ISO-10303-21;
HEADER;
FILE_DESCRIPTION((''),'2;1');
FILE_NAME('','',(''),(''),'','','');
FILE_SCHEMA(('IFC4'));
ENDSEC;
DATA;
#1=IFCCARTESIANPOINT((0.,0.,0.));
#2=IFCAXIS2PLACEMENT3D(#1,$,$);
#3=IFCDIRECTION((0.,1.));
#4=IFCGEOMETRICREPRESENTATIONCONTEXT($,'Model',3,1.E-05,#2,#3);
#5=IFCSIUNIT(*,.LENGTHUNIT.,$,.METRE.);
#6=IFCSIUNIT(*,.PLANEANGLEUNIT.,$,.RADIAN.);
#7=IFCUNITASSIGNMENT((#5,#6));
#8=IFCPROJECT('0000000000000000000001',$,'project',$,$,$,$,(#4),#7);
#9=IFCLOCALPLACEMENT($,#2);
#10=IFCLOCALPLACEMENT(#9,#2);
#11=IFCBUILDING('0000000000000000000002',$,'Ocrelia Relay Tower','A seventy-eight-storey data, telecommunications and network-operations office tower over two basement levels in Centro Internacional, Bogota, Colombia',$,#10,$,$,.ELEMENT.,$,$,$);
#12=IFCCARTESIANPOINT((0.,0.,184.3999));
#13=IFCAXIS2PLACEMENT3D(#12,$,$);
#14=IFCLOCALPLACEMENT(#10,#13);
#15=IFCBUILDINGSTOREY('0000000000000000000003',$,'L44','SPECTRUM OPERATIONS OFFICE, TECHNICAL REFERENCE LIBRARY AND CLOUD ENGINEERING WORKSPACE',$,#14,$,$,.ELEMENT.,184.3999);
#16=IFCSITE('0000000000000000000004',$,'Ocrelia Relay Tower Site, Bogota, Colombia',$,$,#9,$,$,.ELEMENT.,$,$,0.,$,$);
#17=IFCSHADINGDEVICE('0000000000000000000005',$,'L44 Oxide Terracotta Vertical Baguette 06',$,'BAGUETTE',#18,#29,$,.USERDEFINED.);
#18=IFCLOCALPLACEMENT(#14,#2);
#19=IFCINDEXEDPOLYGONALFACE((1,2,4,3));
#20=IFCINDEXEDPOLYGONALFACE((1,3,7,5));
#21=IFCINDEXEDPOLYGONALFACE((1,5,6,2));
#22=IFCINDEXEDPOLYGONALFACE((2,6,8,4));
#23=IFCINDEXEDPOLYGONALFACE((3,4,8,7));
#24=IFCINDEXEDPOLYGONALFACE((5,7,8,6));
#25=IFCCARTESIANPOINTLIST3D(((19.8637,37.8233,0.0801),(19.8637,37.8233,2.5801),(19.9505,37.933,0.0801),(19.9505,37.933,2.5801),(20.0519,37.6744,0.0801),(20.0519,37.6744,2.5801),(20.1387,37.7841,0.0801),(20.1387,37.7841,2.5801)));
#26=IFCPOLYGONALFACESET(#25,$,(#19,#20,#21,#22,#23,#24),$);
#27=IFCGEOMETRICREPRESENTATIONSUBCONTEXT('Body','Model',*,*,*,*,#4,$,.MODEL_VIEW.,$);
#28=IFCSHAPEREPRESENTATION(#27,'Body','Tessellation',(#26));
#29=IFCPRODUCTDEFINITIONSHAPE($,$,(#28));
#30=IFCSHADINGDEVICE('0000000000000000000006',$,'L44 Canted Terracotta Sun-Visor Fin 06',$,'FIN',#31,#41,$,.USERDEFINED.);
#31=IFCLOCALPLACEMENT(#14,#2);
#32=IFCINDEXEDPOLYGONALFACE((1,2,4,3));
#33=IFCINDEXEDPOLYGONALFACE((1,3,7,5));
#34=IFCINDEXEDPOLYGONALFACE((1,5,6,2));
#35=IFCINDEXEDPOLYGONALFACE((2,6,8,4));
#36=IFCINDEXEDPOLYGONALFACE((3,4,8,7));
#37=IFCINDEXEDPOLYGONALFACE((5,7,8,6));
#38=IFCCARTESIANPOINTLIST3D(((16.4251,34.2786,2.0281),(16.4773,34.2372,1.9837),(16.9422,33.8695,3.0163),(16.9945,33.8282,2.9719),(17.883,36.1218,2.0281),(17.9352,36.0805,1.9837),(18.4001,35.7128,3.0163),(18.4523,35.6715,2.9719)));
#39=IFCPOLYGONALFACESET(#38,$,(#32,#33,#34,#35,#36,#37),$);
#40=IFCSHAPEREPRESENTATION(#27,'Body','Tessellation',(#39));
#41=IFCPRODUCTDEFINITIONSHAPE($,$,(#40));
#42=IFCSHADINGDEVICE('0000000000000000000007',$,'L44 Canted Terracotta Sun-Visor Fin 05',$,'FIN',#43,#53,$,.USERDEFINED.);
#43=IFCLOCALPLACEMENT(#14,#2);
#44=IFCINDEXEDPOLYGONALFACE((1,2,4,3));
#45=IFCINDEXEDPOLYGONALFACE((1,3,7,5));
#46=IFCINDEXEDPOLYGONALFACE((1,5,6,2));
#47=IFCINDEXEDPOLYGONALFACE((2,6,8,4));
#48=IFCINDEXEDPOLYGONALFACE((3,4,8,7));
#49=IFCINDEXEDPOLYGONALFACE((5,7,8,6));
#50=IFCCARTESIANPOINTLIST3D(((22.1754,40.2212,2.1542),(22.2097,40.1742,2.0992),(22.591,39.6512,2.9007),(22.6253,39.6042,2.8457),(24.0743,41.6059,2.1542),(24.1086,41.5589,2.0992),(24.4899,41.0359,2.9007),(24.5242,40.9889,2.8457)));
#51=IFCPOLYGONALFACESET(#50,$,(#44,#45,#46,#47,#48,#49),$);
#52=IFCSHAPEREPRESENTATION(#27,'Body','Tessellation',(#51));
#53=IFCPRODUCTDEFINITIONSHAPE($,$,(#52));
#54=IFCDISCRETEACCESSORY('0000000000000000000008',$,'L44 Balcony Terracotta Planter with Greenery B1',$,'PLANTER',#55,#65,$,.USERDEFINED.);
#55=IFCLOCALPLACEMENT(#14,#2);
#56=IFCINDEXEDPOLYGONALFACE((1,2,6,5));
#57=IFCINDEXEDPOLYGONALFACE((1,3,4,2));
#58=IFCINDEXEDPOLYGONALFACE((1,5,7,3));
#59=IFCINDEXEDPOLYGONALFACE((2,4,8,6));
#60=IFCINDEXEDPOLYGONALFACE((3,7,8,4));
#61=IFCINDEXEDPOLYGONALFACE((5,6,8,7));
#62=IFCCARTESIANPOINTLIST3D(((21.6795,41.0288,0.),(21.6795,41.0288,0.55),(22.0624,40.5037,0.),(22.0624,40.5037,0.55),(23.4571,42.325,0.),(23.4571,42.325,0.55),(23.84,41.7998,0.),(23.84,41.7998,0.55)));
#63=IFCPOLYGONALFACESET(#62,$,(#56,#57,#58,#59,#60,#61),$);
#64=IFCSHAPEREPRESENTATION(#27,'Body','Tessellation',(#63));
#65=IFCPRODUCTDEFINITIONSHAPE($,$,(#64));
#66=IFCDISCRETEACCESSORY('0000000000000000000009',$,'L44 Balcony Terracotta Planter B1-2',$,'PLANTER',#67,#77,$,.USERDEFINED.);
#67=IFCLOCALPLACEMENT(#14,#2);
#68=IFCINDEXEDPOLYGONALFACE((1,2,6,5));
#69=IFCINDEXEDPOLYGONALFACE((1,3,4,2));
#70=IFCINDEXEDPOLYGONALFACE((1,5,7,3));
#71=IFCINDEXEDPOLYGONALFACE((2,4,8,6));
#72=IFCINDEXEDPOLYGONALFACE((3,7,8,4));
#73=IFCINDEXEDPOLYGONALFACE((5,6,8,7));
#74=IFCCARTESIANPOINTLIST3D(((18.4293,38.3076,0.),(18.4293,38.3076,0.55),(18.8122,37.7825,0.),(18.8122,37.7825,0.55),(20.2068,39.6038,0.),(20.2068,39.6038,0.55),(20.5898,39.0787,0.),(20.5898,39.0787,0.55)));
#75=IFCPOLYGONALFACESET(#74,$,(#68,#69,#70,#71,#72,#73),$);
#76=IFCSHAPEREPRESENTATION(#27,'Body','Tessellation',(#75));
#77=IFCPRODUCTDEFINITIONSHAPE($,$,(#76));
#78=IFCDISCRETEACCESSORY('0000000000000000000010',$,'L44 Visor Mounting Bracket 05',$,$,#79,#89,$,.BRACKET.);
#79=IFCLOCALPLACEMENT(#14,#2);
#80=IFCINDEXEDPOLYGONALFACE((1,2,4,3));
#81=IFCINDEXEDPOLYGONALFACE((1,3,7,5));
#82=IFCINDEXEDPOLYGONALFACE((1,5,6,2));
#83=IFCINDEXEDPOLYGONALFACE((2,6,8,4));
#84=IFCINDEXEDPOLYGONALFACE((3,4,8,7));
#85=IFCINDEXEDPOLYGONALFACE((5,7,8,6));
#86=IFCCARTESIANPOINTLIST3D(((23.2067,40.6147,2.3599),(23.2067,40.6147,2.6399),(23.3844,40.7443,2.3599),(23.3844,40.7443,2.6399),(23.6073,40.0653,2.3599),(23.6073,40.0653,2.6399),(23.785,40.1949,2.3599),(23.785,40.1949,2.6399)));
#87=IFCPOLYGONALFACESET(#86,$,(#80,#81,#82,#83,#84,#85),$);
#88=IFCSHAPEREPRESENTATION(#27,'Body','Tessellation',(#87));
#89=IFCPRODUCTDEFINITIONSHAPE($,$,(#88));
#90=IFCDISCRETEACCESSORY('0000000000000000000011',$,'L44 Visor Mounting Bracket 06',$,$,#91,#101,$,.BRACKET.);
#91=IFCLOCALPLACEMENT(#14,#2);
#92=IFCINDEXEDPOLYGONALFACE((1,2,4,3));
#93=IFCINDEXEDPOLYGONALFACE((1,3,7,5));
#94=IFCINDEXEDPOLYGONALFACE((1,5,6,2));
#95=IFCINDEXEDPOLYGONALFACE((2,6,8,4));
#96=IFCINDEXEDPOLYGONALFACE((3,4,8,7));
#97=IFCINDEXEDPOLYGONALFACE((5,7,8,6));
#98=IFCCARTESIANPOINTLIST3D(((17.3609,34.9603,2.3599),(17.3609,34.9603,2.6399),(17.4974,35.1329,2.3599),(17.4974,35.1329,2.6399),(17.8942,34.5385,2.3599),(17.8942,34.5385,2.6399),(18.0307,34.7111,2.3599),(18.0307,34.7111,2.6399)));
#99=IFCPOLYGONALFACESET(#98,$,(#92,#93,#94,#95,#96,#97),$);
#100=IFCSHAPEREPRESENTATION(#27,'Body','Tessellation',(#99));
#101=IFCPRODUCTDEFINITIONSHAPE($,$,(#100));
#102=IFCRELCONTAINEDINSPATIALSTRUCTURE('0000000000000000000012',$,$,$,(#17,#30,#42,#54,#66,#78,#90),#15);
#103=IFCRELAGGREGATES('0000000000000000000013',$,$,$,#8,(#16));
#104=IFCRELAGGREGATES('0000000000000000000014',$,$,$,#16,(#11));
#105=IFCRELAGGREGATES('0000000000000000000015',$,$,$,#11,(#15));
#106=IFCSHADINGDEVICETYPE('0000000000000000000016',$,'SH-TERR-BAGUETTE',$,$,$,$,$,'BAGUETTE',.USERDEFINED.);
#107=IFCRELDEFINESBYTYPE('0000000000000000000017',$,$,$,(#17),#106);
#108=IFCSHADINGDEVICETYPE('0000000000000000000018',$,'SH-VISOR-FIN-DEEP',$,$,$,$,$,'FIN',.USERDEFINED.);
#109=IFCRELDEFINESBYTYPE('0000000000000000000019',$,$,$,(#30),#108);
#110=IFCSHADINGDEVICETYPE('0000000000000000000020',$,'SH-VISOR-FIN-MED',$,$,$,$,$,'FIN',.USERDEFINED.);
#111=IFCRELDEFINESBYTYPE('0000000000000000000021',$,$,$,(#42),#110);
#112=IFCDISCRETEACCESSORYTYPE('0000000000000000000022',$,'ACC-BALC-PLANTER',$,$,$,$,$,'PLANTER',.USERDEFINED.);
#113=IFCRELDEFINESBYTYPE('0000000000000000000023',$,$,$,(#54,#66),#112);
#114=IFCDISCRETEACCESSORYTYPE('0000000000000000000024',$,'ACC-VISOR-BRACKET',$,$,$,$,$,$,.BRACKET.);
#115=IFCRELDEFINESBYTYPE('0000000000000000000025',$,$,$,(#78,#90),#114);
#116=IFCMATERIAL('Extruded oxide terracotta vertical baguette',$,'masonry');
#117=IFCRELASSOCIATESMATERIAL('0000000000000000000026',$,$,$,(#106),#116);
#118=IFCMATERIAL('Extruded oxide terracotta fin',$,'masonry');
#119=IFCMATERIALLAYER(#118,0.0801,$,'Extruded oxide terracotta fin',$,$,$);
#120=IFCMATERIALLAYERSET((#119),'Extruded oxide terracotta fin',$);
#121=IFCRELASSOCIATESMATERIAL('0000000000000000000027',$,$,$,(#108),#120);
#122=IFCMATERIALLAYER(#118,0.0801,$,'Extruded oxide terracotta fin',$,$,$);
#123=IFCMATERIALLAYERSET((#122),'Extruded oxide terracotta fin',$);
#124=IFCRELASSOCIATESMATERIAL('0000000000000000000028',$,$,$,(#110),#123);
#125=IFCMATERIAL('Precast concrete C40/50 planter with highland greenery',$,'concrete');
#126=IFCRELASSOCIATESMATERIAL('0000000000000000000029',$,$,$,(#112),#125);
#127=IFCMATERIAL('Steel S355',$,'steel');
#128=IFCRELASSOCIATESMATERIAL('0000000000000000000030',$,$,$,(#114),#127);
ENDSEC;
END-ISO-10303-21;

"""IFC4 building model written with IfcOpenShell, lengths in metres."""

from ifc_helpers import new_model, si_unit, direction, frame, origin, origin_2d, place, context, subcontext, project, spatial, rectangle, extrude, material, layer, layer_set, type_object, element, save


model = new_model("IFC4")

# Units and contexts
model_context = context("Model", 3, precision=1e-05, world=origin(), true_north=direction((0.0, 1.0)))
body_context = subcontext(model_context, "Body", "Model", "MODEL_VIEW")
ifc_project = project(units=[si_unit("LENGTHUNIT", "METRE"), si_unit("PLANEANGLEUNIT", "RADIAN")], contexts=[model_context])

# Site, building, storey
site_placement = place(None, origin())
site = spatial("IfcSite", under=ifc_project, at=site_placement, Name="Ocrelia Relay Tower Site, Bogota, Colombia", CompositionType="ELEMENT", RefElevation=0.0)
building_placement = place(site_placement, origin())
building = spatial("IfcBuilding", under=site, at=building_placement, Name="Ocrelia Relay Tower", Description="A seventy-eight-storey data, telecommunications and network-operations office tower over two basement levels in Centro Internacional, Bogota, Colombia", CompositionType="ELEMENT")
storey_placement = place(building_placement, frame((0.0, 0.0, 184.3999)))
storey = spatial("IfcBuildingStorey", under=building, at=storey_placement, Name="L44", Description="SPECTRUM OPERATIONS OFFICE, TECHNICAL REFERENCE LIBRARY AND CLOUD ENGINEERING WORKSPACE", CompositionType="ELEMENT", Elevation=184.3999)

# Shared definitions
ifc_material_1 = material(Name="Steel S355", Category="steel")

# Shading devices
ifc_material_2 = material(Name="Extruded oxide terracotta vertical baguette", Category="masonry")
shading_device_type_1 = type_object("IfcShadingDeviceType", Name="SH-TERR-BAGUETTE", ElementType="BAGUETTE", PredefinedType="USERDEFINED", material=ifc_material_2)
shading_device_1_placement = place(storey_placement, frame((20.0012, 37.8037, 0.0801), z_axis=(0.0, 0.0, 1.0), x_axis=(-0.620347, -0.784327, 0.0)))
element("IfcShadingDevice", 1, at=shading_device_1_placement, inside=storey, type_object=shading_device_type_1, Name="L44 Oxide Terracotta Vertical Baguette 06", ObjectType="BAGUETTE", PredefinedType="USERDEFINED", context=body_context, shape_type="SweptSolid", body=[
    extrude(rectangle(XDim=0.1399, YDim=0.24, at=origin_2d()), origin(), (0.0, 0.0, 1.0), 2.5),
])
ifc_material_3 = material(Name="Extruded oxide terracotta fin", Category="masonry")
ifc_layer_1 = layer(ifc_material_3, 0.0801, Name="Extruded oxide terracotta fin")
ifc_layer_set_1 = layer_set([ifc_layer_1], Name="Extruded oxide terracotta fin")
shading_device_type_2 = type_object("IfcShadingDeviceType", Name="SH-VISOR-FIN-DEEP", ElementType="FIN", PredefinedType="USERDEFINED", material=ifc_layer_set_1)
shading_device_2_placement = place(storey_placement, frame((17.4648, 34.9543, 2.4778), z_axis=(-0.652448, 0.51604, 0.55499), x_axis=(-0.620347, -0.784327, 0.0)))
element("IfcShadingDevice", 2, at=shading_device_2_placement, inside=storey, type_object=shading_device_type_2, Name="L44 Canted Terracotta Sun-Visor Fin 06", ObjectType="FIN", PredefinedType="USERDEFINED", context=body_context, shape_type="SweptSolid", body=[
    extrude(rectangle(XDim=2.3501, YDim=1.188, at=origin_2d()), origin(), (0.0, 0.0, 1.0), 0.0801),
])
ifc_layer_2 = layer(ifc_material_3, 0.0801, Name="Extruded oxide terracotta fin")
ifc_layer_set_2 = layer_set([ifc_layer_2], Name="Extruded oxide terracotta fin")
shading_device_type_3 = type_object("IfcShadingDeviceType", Name="SH-VISOR-FIN-MED", ElementType="FIN", PredefinedType="USERDEFINED", material=ifc_layer_set_2)
shading_device_3_placement = place(storey_placement, frame((23.3669, 40.5815, 2.4724), z_axis=(-0.428235, 0.58726, 0.686834), x_axis=(-0.807992, -0.589194, 0.0)))
element("IfcShadingDevice", 3, at=shading_device_3_placement, inside=storey, type_object=shading_device_type_3, Name="L44 Canted Terracotta Sun-Visor Fin 05", ObjectType="FIN", PredefinedType="USERDEFINED", context=body_context, shape_type="SweptSolid", body=[
    extrude(rectangle(XDim=2.3501, YDim=1.0271, at=origin_2d()), origin(), (0.0, 0.0, 1.0), 0.0801),
])

# Discrete accessories
ifc_material_4 = material(Name="Precast concrete C40/50 planter with highland greenery", Category="concrete")
discrete_accessory_type_1 = type_object("IfcDiscreteAccessoryType", Name="ACC-BALC-PLANTER", ElementType="PLANTER", PredefinedType="USERDEFINED", material=ifc_material_4)
for number, where, z_axis, x_axis, name in (
    (4, (22.7598, 41.4143, 0.0), (0.0, 0.0, 1.0), (0.807994, 0.58919, 0.0), "L44 Balcony Terracotta Planter with Greenery B1"),
    (5, (19.5095, 38.6931, 0.0), (0.0, 0.0, 1.0), (0.807994, 0.58919, 0.0), "L44 Balcony Terracotta Planter B1-2"),
):
    element("IfcDiscreteAccessory", number, at=place(storey_placement, frame(where, z_axis=z_axis, x_axis=x_axis)), inside=storey, type_object=discrete_accessory_type_1, Name=name, ObjectType="PLANTER", PredefinedType="USERDEFINED", context=body_context, shape_type="SweptSolid", body=[
        extrude(rectangle(XDim=2.2, YDim=0.6499, at=origin_2d()), origin(), (0.0, 0.0, 1.0), 0.55),
    ])
discrete_accessory_type_2 = type_object("IfcDiscreteAccessoryType", Name="ACC-VISOR-BRACKET", PredefinedType="BRACKET", material=ifc_material_1)
for number, where, z_axis, x_axis, name in (
    (6, (23.4958, 40.4048, 2.3599), (0.0, 0.0, 1.0), (-0.807992, -0.589194, 0.0), "L44 Visor Mounting Bracket 05"),
    (7, (17.6958, 34.8357, 2.3599), (0.0, 0.0, 1.0), (-0.620347, -0.784327, 0.0), "L44 Visor Mounting Bracket 06"),
):
    element("IfcDiscreteAccessory", number, at=place(storey_placement, frame(where, z_axis=z_axis, x_axis=x_axis)), inside=storey, type_object=discrete_accessory_type_2, Name=name, PredefinedType="BRACKET", context=body_context, shape_type="SweptSolid", body=[
        extrude(rectangle(XDim=0.22, YDim=0.6799, at=origin_2d()), origin(), (0.0, 0.0, 1.0), 0.28),
    ])

save(model, "model.ifc")
